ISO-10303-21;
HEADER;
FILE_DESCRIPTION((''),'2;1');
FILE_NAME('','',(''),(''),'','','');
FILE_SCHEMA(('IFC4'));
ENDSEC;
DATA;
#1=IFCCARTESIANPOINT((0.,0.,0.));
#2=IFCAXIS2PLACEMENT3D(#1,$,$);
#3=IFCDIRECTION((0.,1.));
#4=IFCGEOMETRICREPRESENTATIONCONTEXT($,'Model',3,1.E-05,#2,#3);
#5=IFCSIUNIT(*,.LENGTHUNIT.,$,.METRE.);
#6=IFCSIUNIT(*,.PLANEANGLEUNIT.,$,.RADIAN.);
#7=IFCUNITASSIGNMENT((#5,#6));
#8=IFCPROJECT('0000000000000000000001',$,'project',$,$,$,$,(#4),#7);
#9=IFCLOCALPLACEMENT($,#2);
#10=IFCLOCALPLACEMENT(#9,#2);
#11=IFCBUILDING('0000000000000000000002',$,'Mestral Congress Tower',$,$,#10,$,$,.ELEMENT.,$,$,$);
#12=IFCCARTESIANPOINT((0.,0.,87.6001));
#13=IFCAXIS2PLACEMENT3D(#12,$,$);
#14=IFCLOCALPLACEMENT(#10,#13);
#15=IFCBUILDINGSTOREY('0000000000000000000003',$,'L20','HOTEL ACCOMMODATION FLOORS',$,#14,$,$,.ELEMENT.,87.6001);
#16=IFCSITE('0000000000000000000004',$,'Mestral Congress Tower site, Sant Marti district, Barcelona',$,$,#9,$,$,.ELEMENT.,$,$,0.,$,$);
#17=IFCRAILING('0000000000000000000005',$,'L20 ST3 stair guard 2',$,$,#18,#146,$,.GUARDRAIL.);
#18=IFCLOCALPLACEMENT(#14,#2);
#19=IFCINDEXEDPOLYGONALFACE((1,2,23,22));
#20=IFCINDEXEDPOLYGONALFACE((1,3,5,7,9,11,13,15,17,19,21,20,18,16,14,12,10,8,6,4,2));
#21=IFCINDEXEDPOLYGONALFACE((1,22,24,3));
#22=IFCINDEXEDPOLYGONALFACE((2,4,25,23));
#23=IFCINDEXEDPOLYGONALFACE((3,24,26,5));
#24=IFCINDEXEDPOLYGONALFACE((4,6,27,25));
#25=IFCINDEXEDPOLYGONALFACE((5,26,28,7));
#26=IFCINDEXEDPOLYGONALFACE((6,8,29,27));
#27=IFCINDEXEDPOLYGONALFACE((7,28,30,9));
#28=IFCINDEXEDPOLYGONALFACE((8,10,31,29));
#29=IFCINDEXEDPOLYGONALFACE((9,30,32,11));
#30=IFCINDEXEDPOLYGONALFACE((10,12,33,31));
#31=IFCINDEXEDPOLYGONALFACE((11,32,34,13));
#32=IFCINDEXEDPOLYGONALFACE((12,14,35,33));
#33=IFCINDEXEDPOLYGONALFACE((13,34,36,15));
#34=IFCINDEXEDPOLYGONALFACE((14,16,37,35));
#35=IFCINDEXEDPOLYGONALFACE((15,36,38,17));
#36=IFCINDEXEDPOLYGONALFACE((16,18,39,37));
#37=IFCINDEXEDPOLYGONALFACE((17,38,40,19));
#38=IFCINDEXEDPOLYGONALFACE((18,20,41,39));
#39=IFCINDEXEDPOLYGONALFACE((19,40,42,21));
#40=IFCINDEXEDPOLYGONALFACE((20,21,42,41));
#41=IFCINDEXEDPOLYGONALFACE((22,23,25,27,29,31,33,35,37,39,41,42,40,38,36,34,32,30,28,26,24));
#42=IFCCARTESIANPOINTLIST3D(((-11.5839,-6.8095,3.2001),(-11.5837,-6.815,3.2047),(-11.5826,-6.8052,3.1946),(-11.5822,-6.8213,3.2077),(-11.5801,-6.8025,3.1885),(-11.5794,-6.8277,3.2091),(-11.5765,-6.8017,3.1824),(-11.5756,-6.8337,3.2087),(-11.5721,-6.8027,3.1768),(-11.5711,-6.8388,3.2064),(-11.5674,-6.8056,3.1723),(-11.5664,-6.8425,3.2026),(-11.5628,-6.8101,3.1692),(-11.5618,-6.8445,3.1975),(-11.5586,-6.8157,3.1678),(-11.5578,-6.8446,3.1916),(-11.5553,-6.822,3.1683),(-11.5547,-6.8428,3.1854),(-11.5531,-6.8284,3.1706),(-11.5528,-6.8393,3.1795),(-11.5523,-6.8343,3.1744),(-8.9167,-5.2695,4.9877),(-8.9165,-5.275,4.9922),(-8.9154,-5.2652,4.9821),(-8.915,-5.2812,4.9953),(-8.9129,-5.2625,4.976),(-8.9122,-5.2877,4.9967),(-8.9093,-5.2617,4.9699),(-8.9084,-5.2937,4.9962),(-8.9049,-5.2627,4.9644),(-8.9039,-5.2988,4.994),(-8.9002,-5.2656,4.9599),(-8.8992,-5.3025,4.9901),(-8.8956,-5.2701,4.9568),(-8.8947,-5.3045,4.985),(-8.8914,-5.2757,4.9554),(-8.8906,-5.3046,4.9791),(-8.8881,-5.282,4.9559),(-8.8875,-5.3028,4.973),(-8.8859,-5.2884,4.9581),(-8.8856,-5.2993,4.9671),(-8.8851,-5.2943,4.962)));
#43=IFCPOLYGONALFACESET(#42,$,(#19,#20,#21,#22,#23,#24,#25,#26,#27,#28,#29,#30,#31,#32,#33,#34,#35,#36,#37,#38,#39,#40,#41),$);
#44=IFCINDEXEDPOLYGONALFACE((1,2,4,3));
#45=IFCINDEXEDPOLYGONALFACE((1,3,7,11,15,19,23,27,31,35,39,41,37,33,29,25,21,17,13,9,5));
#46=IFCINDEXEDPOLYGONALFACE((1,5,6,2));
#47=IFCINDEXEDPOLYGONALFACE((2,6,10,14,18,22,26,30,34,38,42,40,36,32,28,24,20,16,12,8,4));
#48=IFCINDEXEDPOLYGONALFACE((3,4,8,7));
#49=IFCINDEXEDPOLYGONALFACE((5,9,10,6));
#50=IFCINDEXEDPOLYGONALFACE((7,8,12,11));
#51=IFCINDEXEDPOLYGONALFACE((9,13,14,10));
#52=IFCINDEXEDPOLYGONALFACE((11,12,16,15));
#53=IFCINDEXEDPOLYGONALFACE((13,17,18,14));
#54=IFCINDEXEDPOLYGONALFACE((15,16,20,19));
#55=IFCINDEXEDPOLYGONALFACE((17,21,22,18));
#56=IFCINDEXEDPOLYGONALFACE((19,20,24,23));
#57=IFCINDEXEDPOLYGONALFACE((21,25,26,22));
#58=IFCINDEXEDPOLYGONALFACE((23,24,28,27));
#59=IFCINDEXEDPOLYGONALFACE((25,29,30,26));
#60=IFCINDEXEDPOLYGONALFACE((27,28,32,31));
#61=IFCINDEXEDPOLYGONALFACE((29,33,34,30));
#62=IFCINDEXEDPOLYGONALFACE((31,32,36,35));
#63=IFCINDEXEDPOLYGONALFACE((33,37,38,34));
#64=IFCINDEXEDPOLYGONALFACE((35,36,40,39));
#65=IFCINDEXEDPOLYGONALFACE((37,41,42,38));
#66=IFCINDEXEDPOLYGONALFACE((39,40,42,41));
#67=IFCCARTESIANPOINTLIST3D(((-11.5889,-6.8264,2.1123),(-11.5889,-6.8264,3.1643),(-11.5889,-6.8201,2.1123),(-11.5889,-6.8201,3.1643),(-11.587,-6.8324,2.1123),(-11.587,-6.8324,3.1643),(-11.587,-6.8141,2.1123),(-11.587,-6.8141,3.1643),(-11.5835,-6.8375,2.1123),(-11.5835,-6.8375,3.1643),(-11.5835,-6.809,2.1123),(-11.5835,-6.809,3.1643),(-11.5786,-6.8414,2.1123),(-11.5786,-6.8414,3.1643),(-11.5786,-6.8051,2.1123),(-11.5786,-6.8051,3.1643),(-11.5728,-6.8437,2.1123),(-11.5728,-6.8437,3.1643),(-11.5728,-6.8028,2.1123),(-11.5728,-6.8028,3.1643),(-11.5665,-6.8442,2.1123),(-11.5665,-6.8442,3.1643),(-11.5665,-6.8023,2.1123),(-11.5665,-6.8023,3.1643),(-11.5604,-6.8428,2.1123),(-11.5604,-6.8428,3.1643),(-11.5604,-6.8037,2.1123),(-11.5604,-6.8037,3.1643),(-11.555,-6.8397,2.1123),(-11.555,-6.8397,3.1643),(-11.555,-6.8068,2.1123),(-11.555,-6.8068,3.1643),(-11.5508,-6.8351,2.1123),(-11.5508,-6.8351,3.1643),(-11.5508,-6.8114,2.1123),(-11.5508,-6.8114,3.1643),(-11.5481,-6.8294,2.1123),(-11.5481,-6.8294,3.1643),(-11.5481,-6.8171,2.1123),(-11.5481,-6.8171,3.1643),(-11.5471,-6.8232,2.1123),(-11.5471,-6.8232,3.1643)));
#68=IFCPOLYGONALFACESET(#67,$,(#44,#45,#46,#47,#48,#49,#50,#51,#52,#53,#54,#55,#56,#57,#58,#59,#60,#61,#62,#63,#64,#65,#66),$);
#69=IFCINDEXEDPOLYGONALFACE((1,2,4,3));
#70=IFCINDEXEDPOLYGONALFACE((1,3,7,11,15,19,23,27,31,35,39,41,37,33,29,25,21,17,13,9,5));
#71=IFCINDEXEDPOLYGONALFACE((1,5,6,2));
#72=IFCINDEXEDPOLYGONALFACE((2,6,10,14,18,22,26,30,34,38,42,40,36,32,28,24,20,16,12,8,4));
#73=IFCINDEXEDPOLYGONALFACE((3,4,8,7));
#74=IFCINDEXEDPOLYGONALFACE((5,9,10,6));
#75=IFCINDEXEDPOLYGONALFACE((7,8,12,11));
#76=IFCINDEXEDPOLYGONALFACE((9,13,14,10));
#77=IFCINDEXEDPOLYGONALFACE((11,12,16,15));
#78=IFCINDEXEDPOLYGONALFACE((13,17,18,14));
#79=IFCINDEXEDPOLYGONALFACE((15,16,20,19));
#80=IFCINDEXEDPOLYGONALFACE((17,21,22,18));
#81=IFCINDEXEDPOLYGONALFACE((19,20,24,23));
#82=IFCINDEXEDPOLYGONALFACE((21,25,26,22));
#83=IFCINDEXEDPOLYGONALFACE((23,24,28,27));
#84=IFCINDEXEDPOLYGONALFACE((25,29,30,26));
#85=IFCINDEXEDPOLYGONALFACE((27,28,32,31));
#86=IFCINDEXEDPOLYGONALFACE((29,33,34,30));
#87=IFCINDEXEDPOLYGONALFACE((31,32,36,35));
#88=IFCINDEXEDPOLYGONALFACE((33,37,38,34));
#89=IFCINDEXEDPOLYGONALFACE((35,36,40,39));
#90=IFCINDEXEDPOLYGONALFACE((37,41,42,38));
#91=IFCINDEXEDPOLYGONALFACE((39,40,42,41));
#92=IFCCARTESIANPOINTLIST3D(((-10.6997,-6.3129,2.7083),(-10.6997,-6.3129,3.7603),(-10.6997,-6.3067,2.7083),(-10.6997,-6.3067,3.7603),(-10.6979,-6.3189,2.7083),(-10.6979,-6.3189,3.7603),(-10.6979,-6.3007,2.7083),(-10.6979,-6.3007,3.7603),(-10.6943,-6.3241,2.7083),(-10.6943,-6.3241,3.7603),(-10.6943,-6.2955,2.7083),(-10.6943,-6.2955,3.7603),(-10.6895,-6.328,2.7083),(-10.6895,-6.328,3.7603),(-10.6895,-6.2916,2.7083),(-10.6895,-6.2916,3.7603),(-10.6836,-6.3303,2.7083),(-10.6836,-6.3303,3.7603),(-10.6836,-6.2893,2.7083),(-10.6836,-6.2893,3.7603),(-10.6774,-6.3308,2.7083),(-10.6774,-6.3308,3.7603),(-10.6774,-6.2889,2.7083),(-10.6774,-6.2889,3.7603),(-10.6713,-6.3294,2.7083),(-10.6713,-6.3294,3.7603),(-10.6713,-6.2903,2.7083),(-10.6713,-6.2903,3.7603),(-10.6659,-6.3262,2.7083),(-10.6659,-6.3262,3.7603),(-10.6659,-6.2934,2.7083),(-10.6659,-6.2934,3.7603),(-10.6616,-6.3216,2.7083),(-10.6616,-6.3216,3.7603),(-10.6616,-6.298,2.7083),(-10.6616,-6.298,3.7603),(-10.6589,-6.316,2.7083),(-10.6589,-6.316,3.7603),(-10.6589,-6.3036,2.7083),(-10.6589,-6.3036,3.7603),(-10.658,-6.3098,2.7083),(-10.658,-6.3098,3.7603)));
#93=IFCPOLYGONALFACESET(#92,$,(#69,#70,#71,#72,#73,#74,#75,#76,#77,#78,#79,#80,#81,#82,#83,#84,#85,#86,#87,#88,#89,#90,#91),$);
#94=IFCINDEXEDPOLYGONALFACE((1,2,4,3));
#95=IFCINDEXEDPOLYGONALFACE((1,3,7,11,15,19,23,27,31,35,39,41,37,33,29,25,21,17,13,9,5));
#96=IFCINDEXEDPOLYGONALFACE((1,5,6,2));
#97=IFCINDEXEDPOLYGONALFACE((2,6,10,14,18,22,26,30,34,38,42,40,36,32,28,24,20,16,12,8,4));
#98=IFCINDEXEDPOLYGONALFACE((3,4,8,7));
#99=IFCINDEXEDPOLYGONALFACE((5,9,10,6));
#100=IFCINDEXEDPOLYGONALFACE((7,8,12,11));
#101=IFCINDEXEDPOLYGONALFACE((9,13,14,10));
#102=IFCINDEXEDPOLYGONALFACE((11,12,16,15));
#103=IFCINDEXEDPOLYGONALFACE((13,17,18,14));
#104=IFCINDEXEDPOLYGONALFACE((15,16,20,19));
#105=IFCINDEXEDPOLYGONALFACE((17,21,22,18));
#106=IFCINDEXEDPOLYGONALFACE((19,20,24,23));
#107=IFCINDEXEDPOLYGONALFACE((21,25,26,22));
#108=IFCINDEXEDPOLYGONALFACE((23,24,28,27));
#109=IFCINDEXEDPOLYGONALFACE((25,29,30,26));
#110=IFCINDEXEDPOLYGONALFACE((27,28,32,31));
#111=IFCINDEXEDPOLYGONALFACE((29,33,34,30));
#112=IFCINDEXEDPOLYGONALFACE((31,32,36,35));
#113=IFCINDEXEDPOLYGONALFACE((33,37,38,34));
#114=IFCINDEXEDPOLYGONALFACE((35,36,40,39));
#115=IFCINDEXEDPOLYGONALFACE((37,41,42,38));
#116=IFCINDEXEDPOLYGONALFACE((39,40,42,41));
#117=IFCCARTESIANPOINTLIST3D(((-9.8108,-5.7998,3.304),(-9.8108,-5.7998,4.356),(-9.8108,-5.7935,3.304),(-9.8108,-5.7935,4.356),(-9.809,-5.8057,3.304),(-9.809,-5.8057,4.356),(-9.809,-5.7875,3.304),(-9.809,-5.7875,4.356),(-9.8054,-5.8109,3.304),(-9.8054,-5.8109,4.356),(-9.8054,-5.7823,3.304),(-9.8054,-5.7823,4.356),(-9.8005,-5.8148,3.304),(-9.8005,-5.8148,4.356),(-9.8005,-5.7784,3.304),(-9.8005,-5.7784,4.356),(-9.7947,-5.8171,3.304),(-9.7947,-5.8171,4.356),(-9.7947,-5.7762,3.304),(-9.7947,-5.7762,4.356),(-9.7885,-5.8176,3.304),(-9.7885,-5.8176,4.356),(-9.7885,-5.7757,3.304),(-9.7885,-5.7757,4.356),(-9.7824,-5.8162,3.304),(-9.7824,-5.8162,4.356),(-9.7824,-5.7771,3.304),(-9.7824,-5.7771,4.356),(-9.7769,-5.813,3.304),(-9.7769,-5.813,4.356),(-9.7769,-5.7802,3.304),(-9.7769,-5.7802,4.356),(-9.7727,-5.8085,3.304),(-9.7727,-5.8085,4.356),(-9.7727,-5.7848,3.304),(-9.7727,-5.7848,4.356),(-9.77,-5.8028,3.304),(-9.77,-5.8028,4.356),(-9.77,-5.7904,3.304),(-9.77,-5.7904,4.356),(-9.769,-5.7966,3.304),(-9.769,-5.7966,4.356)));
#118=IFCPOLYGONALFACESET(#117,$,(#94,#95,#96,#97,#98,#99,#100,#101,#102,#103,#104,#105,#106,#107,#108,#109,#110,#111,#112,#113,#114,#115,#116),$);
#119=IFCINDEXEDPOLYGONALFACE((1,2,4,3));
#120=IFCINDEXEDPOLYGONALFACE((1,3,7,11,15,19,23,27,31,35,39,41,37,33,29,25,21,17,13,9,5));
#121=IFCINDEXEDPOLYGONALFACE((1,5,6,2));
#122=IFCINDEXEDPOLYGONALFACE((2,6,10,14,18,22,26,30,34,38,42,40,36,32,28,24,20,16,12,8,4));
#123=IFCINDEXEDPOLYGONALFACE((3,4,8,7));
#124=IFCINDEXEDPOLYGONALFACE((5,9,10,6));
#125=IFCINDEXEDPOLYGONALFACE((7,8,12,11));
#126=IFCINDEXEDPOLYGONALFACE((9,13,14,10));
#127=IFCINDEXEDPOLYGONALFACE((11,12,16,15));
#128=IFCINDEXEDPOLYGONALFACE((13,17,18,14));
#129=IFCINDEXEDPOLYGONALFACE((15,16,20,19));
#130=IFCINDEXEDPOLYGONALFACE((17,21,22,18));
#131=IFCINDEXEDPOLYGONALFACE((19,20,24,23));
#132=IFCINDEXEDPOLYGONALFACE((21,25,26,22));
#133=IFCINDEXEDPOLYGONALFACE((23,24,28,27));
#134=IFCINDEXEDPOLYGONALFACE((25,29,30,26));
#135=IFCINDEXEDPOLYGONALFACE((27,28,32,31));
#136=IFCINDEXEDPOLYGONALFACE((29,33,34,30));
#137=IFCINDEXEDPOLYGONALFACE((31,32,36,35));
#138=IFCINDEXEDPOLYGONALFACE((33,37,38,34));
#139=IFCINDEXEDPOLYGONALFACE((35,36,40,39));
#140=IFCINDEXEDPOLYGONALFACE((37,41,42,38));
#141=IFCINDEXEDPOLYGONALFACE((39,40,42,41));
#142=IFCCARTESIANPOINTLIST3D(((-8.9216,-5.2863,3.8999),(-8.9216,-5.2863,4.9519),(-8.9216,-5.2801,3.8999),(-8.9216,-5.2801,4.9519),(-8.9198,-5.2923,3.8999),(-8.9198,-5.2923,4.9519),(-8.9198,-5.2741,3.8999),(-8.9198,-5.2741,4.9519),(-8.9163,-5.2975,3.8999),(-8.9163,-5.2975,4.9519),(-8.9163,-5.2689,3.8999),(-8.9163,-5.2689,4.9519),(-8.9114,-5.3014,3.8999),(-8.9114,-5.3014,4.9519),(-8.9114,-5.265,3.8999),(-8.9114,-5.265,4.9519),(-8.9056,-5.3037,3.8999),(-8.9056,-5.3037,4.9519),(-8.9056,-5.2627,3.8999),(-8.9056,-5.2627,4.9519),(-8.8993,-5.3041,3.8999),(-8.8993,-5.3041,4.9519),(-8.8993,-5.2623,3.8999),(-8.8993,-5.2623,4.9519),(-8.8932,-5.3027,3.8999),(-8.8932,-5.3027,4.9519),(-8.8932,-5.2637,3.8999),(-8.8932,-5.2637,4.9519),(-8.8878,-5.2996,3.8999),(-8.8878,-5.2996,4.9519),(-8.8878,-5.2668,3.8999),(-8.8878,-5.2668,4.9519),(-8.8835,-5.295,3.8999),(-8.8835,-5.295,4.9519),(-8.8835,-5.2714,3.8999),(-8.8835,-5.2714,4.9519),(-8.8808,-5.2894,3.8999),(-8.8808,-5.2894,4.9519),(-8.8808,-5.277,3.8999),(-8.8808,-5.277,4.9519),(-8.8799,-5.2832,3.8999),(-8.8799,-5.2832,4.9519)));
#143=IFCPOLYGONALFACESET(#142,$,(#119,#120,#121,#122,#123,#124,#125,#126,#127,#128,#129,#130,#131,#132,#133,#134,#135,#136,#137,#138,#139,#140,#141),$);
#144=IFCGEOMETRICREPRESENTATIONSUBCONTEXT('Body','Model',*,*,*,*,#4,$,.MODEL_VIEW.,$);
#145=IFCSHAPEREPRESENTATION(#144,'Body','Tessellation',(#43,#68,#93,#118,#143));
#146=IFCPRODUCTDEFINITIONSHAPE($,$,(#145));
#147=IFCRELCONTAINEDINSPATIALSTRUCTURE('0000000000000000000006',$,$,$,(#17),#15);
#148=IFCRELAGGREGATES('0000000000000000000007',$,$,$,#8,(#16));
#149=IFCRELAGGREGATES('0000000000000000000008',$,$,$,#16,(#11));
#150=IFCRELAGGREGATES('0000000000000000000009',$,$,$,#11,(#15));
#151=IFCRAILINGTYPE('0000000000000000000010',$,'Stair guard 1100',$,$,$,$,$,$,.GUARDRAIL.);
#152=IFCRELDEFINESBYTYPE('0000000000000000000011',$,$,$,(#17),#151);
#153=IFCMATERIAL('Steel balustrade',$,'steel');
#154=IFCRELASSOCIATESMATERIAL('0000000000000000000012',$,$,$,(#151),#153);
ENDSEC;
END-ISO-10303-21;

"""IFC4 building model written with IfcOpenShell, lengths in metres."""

from ifc_helpers import new_model, si_unit, direction, frame, origin, origin_2d, place, context, subcontext, project, spatial, circle, extrude, material, type_object, element, save


model = new_model("IFC4")

# Units and contexts
model_context = context("Model", 3, precision=1e-05, world=origin(), true_north=direction((0.0, 1.0)))
body_context = subcontext(model_context, "Body", "Model", "MODEL_VIEW")
ifc_project = project(units=[si_unit("LENGTHUNIT", "METRE"), si_unit("PLANEANGLEUNIT", "RADIAN")], contexts=[model_context])

# Site, building, storey
site_placement = place(None, origin())
site = spatial("IfcSite", under=ifc_project, at=site_placement, Name="Mestral Congress Tower site, Sant Marti district, Barcelona", CompositionType="ELEMENT", RefElevation=0.0)
building_placement = place(site_placement, origin())
building = spatial("IfcBuilding", under=site, at=building_placement, Name="Mestral Congress Tower", CompositionType="ELEMENT")
storey_placement = place(building_placement, frame((0.0, 0.0, 87.6001)))
storey = spatial("IfcBuildingStorey", under=building, at=storey_placement, Name="L20", Description="HOTEL ACCOMMODATION FLOORS", CompositionType="ELEMENT", Elevation=87.6001)

# Railing
ifc_material_1 = material(Name="Steel balustrade", Category="steel")
railing_type_1 = type_object("IfcRailingType", Name="Stair guard 1100", PredefinedType="GUARDRAIL", material=ifc_material_1)
railing_1_placement = place(storey_placement, frame((-11.5681, -6.8232, 2.1123)))
element("IfcRailing", 1, at=railing_1_placement, inside=storey, type_object=railing_type_1, Name="L20 ST3 stair guard 2", PredefinedType="GUARDRAIL", context=body_context, shape_type="SweptSolid", body=[
    extrude(circle(Radius=0.0239, at=origin_2d()), frame((0.0, 0.0, 1.0762), z_axis=(0.748994, 0.432463, 0.50198), x_axis=(-0.500027, 0.86601, 0.0)), (0.0, 0.0, 1.0), 3.561),
    extrude(circle(Radius=0.021, at=origin_2d()), origin(), (0.0, 0.0, 1.0), 1.052),
    extrude(circle(Radius=0.021, at=origin_2d()), frame((0.8892, 0.5134, 0.5959)), (0.0, 0.0, 1.0), 1.052),
    extrude(circle(Radius=0.021, at=origin_2d()), frame((1.7781, 1.0266, 1.1917)), (0.0, 0.0, 1.0), 1.052),
    extrude(circle(Radius=0.021, at=origin_2d()), frame((2.6672, 1.54, 1.7876)), (0.0, 0.0, 1.0), 1.052),
])

save(model, "model.ifc")
